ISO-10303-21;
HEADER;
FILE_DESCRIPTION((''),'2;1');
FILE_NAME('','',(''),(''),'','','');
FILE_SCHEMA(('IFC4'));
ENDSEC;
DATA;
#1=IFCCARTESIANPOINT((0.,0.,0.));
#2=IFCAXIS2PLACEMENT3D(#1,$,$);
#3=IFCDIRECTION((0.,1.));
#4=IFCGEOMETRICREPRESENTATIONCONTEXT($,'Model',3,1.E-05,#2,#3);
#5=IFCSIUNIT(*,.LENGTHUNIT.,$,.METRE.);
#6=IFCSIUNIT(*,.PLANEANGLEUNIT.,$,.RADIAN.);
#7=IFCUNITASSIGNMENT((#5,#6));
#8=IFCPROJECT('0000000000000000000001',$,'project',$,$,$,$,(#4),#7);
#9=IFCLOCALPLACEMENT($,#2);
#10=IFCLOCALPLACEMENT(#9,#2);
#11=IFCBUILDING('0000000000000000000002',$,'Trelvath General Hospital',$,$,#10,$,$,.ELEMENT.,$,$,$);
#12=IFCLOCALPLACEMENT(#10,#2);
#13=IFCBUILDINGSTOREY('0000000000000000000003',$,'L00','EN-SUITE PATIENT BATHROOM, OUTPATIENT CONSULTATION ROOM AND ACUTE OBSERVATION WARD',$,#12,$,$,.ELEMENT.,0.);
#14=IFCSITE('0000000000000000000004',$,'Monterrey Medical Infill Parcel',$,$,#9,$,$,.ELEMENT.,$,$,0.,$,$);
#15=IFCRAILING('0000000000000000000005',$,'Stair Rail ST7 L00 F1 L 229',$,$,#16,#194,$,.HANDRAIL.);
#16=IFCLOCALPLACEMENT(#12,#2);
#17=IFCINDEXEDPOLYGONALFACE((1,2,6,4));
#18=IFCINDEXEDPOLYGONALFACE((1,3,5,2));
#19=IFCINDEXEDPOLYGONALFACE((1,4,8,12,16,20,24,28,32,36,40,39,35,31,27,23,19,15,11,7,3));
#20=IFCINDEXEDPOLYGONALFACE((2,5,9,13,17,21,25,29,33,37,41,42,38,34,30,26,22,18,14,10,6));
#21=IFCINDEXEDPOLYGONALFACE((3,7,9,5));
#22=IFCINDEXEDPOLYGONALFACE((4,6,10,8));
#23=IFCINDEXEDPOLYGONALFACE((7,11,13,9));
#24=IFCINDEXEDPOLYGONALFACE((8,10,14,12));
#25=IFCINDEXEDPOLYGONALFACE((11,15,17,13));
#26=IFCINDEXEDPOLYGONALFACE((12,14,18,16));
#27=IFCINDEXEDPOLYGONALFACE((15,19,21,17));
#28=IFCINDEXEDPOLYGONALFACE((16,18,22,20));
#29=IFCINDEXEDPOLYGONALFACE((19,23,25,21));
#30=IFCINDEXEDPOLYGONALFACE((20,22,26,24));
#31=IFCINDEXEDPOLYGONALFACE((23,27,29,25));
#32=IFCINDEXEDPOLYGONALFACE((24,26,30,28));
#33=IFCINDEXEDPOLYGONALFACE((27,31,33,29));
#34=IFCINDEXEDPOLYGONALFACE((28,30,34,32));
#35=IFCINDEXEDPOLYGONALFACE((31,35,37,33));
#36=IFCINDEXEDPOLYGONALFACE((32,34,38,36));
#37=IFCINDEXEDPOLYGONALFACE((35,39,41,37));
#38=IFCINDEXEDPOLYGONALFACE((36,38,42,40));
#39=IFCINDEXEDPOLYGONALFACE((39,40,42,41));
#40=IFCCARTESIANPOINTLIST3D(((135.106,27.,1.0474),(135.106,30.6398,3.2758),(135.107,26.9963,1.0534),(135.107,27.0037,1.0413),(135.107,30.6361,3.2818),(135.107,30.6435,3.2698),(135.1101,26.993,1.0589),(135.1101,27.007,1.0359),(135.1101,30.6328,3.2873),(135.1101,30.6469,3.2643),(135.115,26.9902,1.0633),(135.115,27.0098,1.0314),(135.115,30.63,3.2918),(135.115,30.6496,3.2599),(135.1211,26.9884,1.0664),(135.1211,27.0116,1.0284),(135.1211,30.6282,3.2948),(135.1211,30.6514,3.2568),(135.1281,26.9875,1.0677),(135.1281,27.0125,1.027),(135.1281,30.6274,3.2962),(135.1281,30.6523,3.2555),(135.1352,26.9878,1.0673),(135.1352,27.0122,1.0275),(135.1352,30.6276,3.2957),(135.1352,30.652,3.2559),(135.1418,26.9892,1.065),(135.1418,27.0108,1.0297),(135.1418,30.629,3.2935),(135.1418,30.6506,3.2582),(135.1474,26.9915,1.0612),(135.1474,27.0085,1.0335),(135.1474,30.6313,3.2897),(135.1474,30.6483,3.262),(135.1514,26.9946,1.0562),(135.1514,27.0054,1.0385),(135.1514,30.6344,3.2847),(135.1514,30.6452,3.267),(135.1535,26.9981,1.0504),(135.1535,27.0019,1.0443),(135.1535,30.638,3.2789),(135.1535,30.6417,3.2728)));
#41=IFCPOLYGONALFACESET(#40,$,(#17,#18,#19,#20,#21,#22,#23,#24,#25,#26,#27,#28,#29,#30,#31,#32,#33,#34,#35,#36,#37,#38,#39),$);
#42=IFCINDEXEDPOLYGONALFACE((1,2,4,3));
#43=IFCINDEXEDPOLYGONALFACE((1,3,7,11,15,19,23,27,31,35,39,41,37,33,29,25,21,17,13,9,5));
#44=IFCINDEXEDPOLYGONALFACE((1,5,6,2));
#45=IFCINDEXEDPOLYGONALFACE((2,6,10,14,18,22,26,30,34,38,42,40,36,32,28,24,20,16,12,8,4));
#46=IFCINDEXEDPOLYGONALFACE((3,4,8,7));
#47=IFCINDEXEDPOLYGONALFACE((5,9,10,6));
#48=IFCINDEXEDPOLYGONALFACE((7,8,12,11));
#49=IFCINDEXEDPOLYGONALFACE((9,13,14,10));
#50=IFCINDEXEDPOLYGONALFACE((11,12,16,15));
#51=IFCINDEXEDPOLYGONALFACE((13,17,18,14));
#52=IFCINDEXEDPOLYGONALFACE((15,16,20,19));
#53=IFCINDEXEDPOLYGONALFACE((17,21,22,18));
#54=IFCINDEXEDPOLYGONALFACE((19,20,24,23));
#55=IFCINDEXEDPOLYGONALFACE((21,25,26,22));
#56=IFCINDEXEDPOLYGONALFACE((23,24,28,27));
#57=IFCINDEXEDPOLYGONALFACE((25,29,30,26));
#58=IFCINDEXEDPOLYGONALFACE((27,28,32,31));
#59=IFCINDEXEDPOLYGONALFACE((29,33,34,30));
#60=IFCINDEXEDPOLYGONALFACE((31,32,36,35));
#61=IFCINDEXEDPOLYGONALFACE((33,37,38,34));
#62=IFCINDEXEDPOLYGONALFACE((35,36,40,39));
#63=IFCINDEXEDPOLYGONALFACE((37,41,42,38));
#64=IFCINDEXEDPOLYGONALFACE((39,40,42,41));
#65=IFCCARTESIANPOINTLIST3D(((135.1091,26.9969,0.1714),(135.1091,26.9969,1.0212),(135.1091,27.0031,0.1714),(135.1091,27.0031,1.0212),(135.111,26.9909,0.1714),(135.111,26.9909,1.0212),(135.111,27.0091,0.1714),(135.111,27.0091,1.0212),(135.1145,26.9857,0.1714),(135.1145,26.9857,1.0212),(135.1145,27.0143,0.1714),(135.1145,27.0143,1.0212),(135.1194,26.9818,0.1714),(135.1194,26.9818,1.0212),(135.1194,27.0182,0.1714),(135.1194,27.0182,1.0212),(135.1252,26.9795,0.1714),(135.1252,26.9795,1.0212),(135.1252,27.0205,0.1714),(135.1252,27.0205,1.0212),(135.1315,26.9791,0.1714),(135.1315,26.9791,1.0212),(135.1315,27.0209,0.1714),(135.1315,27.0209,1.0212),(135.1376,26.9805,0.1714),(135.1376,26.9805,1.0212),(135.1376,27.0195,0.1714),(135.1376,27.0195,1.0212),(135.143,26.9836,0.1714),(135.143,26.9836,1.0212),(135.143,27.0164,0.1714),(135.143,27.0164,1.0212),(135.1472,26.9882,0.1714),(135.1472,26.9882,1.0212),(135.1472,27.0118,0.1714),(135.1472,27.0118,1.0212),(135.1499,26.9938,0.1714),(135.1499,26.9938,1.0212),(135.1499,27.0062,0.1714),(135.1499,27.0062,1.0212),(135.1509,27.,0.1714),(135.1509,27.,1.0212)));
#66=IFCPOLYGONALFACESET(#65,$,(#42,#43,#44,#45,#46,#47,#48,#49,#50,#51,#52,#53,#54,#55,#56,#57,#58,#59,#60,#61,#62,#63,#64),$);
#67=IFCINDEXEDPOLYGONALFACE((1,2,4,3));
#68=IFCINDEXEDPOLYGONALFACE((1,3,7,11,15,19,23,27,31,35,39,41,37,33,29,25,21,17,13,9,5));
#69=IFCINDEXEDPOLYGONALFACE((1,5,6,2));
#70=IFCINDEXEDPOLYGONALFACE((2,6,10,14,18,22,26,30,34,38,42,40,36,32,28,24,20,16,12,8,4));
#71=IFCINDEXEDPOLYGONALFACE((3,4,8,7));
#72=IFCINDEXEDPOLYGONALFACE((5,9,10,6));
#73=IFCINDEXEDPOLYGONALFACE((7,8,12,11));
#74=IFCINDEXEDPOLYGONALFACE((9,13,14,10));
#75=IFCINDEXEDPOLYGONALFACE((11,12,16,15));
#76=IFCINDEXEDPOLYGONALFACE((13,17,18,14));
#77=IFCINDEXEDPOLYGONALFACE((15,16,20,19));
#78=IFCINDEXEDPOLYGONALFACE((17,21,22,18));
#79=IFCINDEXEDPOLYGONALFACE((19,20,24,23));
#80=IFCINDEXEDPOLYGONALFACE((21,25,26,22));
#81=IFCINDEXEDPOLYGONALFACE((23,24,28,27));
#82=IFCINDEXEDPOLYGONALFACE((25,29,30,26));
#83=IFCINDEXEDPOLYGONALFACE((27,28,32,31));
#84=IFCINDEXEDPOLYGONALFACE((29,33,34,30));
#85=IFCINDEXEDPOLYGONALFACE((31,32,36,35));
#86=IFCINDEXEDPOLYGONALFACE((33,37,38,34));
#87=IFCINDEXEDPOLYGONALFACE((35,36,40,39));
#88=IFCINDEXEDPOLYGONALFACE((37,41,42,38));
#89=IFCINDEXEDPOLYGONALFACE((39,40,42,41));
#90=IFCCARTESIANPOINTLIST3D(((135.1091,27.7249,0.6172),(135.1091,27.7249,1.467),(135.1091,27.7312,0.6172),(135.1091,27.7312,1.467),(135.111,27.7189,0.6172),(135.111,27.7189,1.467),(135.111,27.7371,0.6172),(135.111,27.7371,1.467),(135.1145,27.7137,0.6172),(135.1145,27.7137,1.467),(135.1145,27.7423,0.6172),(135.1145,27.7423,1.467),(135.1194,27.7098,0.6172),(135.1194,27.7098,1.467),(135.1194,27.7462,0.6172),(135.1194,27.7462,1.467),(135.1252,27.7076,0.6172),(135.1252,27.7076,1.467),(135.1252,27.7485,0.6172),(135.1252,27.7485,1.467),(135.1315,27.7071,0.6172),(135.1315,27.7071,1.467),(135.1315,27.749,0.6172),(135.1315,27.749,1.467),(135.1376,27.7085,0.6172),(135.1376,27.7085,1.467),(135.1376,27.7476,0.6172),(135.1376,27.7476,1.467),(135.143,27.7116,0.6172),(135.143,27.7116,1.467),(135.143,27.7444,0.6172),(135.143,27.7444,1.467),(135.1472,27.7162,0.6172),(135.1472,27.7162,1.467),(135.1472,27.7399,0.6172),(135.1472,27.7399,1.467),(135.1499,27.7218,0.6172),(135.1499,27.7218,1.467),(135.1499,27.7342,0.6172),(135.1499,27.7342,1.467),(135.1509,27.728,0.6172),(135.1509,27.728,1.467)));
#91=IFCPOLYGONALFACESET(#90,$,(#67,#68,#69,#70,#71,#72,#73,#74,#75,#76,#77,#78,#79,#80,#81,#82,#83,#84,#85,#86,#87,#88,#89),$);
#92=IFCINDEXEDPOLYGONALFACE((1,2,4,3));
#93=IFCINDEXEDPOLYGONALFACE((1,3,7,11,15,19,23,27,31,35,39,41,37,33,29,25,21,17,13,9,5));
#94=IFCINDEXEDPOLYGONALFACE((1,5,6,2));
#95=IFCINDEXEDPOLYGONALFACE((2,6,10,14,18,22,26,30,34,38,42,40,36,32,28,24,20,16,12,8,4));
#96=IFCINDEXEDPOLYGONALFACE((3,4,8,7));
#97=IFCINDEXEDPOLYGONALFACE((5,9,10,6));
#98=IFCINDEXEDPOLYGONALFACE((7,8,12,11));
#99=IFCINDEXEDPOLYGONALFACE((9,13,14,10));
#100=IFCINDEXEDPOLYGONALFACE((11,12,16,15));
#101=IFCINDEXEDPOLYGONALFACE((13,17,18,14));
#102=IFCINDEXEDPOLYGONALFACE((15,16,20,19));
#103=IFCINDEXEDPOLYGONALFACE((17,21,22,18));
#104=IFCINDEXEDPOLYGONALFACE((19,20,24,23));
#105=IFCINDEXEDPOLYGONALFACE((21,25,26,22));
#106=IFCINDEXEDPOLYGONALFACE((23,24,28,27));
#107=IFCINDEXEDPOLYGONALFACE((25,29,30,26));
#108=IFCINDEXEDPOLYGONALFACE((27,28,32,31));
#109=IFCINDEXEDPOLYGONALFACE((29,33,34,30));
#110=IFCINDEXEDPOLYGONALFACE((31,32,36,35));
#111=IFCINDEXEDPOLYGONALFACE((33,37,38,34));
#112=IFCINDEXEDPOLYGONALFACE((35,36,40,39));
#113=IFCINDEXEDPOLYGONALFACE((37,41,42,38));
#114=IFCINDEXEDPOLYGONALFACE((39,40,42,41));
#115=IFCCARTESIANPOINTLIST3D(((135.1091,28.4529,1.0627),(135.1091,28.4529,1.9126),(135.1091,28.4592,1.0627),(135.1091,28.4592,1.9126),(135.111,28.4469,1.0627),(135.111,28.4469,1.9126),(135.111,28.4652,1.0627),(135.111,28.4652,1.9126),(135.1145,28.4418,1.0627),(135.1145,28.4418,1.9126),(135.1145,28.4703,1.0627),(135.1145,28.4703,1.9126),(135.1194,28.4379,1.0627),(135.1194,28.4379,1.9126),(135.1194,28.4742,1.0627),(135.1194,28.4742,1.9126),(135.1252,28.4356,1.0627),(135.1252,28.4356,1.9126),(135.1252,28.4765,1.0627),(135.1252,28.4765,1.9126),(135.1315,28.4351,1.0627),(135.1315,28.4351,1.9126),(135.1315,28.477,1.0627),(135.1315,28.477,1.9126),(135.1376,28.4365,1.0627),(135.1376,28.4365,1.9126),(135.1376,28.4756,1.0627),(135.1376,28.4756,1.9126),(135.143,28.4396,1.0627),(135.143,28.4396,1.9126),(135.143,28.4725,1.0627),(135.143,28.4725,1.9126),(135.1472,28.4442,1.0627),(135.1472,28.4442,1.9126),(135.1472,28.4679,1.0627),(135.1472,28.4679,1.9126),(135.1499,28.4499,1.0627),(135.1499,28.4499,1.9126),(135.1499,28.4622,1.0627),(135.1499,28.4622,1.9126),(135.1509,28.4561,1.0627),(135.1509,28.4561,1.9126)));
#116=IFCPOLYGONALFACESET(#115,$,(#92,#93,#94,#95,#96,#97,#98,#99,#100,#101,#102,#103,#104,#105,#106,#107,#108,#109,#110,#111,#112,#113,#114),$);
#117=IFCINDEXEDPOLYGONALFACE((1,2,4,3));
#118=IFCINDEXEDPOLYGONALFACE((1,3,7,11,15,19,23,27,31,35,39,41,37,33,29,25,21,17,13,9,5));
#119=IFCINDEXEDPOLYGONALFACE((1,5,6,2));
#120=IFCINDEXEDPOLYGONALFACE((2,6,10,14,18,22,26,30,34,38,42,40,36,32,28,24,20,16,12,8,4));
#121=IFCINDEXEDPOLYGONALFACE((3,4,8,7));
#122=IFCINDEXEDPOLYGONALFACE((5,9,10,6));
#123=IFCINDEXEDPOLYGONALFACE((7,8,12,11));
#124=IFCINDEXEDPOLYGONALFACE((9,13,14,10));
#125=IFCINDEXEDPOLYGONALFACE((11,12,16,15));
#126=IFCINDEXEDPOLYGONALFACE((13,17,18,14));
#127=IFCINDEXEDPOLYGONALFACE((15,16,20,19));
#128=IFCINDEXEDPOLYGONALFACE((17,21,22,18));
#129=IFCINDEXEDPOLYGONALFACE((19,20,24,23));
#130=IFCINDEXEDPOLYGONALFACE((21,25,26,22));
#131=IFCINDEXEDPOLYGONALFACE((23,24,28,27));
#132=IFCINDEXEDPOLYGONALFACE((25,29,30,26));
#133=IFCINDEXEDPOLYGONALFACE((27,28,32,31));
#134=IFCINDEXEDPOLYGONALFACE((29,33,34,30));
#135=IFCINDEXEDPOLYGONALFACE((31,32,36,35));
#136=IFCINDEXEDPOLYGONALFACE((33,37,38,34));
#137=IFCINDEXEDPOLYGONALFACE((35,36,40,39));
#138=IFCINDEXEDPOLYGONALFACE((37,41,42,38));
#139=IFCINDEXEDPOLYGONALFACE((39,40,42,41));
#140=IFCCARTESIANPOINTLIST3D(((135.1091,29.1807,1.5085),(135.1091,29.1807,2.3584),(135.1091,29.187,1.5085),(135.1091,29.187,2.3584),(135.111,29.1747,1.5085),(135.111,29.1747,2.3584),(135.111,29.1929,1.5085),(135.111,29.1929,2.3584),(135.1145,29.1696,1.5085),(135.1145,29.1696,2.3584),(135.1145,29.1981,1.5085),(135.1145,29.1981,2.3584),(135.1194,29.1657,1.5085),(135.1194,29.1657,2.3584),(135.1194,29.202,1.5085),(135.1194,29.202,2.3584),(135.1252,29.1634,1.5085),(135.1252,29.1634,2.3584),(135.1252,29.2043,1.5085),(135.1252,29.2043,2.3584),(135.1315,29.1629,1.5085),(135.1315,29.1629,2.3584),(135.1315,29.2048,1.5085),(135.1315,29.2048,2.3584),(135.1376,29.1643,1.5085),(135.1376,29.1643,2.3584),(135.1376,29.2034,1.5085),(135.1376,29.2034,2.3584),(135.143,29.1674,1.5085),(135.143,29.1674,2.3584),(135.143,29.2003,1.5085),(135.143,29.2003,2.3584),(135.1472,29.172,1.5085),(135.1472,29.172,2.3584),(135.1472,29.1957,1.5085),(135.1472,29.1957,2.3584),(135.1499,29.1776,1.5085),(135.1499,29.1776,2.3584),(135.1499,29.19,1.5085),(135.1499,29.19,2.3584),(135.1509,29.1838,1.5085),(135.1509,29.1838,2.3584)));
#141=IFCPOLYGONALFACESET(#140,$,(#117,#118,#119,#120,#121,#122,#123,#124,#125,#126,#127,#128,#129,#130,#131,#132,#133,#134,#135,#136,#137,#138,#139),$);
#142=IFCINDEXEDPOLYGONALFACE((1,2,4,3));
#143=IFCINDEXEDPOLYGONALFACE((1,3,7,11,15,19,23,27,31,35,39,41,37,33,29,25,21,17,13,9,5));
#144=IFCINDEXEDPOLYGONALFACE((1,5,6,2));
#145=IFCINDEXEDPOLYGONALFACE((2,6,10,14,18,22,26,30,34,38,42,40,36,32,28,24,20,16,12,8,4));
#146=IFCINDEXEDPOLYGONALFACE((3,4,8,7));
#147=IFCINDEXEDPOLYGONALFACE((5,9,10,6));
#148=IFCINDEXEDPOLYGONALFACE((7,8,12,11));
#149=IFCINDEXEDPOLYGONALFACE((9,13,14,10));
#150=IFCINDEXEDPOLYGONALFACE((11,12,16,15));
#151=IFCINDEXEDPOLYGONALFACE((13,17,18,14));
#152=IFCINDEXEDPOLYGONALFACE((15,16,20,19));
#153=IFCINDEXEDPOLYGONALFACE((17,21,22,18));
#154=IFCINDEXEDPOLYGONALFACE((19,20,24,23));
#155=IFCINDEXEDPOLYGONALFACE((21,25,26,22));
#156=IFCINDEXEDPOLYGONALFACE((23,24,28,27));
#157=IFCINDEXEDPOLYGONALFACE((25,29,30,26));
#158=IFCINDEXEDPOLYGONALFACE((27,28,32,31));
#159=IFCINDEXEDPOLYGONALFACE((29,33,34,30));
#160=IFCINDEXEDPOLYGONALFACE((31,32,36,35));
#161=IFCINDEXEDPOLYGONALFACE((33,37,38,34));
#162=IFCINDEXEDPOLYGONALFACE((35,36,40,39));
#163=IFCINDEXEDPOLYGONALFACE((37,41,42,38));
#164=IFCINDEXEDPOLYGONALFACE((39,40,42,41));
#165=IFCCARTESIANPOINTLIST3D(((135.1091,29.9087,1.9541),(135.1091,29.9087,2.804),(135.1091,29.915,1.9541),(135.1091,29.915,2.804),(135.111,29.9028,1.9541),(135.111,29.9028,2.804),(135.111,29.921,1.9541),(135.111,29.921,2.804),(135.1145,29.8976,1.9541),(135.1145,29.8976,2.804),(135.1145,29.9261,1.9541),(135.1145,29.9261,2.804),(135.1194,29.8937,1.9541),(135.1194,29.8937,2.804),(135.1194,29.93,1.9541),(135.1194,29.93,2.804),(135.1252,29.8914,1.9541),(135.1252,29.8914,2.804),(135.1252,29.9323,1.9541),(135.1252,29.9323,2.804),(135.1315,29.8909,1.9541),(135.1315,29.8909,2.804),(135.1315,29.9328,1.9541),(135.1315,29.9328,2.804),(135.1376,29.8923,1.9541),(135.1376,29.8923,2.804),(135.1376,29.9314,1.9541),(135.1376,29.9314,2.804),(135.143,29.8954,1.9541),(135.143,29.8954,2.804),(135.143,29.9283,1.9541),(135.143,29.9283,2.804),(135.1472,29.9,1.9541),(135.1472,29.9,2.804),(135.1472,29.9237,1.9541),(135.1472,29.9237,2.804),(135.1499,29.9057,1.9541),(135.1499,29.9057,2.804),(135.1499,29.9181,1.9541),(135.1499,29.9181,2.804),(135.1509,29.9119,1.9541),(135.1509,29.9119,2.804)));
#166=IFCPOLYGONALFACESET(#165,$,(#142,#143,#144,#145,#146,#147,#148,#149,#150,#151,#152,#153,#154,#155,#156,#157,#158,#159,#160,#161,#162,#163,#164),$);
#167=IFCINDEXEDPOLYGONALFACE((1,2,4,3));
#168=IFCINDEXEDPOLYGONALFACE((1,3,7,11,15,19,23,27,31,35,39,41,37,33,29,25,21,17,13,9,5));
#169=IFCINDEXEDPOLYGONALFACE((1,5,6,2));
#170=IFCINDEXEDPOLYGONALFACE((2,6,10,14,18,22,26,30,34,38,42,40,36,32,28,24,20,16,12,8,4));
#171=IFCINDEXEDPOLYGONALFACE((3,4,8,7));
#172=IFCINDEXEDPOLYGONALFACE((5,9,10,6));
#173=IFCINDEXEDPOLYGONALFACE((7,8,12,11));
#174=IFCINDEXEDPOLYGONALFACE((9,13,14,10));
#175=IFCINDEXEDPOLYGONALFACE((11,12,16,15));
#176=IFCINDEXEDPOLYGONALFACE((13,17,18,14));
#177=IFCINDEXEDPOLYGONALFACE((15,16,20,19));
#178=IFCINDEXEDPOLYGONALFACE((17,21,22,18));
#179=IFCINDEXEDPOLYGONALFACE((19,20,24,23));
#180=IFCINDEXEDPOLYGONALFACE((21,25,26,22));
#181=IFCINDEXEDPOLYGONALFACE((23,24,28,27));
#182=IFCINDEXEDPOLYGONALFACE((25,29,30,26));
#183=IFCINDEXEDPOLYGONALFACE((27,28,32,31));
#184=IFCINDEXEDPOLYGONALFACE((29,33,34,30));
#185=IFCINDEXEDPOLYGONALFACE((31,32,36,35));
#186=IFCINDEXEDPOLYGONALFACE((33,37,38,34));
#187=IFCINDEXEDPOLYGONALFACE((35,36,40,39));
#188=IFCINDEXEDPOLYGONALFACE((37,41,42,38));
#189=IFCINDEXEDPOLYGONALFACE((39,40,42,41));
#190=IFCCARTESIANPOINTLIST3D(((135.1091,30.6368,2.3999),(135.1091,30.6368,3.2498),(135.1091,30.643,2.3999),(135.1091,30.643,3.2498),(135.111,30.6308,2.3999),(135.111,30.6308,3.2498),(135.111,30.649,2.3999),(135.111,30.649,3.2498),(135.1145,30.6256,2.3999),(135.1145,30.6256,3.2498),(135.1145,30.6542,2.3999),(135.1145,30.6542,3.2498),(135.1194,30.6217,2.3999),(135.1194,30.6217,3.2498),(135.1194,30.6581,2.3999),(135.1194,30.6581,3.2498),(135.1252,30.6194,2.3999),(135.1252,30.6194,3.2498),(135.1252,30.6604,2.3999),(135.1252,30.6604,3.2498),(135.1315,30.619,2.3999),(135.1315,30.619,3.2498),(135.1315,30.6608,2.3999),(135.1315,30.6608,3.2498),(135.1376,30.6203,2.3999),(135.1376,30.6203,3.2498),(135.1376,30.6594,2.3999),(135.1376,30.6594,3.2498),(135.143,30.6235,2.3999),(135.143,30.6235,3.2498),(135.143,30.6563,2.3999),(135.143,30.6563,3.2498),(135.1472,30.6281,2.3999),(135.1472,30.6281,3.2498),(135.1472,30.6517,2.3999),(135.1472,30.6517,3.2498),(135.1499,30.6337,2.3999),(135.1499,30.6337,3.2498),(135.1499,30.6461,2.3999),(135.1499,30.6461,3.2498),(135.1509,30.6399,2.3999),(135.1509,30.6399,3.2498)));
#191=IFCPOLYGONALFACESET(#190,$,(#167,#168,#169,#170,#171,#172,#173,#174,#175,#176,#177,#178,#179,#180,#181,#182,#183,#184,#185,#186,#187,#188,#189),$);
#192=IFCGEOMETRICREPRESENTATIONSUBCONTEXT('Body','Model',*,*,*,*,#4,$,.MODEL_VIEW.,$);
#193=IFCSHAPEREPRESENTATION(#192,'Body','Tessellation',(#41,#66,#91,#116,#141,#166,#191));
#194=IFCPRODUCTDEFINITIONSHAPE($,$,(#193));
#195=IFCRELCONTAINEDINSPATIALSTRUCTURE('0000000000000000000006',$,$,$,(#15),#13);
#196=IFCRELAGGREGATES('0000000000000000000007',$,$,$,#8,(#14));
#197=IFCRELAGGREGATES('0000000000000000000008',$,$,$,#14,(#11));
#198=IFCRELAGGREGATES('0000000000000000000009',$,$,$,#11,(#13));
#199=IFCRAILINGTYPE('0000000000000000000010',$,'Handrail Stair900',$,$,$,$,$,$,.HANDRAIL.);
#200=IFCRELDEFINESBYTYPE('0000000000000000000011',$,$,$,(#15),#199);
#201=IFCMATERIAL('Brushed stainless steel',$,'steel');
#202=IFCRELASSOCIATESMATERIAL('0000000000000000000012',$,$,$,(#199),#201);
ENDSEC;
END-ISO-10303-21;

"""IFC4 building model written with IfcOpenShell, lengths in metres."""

from ifc_helpers import new_model, si_unit, direction, frame, origin, origin_2d, place, context, subcontext, project, spatial, circle, extrude, material, type_object, element, save


model = new_model("IFC4")

# Units and contexts
model_context = context("Model", 3, precision=1e-05, world=origin(), true_north=direction((0.0, 1.0)))
body_context = subcontext(model_context, "Body", "Model", "MODEL_VIEW")
ifc_project = project(units=[si_unit("LENGTHUNIT", "METRE"), si_unit("PLANEANGLEUNIT", "RADIAN")], contexts=[model_context])

# Site, building, storey
site_placement = place(None, origin())
site = spatial("IfcSite", under=ifc_project, at=site_placement, Name="Monterrey Medical Infill Parcel", CompositionType="ELEMENT", RefElevation=0.0)
building_placement = place(site_placement, origin())
building = spatial("IfcBuilding", under=site, at=building_placement, Name="Trelvath General Hospital", CompositionType="ELEMENT")
storey_placement = place(building_placement, origin())
storey = spatial("IfcBuildingStorey", under=building, at=storey_placement, Name="L00", Description="EN-SUITE PATIENT BATHROOM, OUTPATIENT CONSULTATION ROOM AND ACUTE OBSERVATION WARD", CompositionType="ELEMENT", Elevation=0.0)

# Railing
ifc_material_1 = material(Name="Brushed stainless steel", Category="steel")
railing_type_1 = type_object("IfcRailingType", Name="Handrail Stair900", PredefinedType="HANDRAIL", material=ifc_material_1)
railing_1_placement = place(storey_placement, frame((135.1299, 27.0, 0.1714)))
element("IfcRailing", 1, at=railing_1_placement, inside=storey, type_object=railing_type_1, Name="Stair Rail ST7 L00 F1 L 229", PredefinedType="HANDRAIL", context=body_context, shape_type="SweptSolid", body=[
    extrude(circle(Radius=0.0239, at=origin_2d()), frame((0.0, 0.0, 0.876), z_axis=(0.0, 0.85285, 0.522156), x_axis=(-1.0, 0.0, 0.0)), (0.0, 0.0, 1.0), 4.2678),
    extrude(circle(Radius=0.021, at=origin_2d()), origin(), (0.0, 0.0, 1.0), 0.8499),
    extrude(circle(Radius=0.021, at=origin_2d()), frame((0.0, 0.728, 0.4458)), (0.0, 0.0, 1.0), 0.8499),
    extrude(circle(Radius=0.021, at=origin_2d()), frame((0.0, 1.4561, 0.8914)), (0.0, 0.0, 1.0), 0.8499),
    extrude(circle(Radius=0.021, at=origin_2d()), frame((0.0, 2.1838, 1.3372)), (0.0, 0.0, 1.0), 0.8499),
    extrude(circle(Radius=0.021, at=origin_2d()), frame((0.0, 2.9119, 1.7827)), (0.0, 0.0, 1.0), 0.8499),
    extrude(circle(Radius=0.021, at=origin_2d()), frame((0.0, 3.6399, 2.2285)), (0.0, 0.0, 1.0), 0.8499),
])

save(model, "model.ifc")
